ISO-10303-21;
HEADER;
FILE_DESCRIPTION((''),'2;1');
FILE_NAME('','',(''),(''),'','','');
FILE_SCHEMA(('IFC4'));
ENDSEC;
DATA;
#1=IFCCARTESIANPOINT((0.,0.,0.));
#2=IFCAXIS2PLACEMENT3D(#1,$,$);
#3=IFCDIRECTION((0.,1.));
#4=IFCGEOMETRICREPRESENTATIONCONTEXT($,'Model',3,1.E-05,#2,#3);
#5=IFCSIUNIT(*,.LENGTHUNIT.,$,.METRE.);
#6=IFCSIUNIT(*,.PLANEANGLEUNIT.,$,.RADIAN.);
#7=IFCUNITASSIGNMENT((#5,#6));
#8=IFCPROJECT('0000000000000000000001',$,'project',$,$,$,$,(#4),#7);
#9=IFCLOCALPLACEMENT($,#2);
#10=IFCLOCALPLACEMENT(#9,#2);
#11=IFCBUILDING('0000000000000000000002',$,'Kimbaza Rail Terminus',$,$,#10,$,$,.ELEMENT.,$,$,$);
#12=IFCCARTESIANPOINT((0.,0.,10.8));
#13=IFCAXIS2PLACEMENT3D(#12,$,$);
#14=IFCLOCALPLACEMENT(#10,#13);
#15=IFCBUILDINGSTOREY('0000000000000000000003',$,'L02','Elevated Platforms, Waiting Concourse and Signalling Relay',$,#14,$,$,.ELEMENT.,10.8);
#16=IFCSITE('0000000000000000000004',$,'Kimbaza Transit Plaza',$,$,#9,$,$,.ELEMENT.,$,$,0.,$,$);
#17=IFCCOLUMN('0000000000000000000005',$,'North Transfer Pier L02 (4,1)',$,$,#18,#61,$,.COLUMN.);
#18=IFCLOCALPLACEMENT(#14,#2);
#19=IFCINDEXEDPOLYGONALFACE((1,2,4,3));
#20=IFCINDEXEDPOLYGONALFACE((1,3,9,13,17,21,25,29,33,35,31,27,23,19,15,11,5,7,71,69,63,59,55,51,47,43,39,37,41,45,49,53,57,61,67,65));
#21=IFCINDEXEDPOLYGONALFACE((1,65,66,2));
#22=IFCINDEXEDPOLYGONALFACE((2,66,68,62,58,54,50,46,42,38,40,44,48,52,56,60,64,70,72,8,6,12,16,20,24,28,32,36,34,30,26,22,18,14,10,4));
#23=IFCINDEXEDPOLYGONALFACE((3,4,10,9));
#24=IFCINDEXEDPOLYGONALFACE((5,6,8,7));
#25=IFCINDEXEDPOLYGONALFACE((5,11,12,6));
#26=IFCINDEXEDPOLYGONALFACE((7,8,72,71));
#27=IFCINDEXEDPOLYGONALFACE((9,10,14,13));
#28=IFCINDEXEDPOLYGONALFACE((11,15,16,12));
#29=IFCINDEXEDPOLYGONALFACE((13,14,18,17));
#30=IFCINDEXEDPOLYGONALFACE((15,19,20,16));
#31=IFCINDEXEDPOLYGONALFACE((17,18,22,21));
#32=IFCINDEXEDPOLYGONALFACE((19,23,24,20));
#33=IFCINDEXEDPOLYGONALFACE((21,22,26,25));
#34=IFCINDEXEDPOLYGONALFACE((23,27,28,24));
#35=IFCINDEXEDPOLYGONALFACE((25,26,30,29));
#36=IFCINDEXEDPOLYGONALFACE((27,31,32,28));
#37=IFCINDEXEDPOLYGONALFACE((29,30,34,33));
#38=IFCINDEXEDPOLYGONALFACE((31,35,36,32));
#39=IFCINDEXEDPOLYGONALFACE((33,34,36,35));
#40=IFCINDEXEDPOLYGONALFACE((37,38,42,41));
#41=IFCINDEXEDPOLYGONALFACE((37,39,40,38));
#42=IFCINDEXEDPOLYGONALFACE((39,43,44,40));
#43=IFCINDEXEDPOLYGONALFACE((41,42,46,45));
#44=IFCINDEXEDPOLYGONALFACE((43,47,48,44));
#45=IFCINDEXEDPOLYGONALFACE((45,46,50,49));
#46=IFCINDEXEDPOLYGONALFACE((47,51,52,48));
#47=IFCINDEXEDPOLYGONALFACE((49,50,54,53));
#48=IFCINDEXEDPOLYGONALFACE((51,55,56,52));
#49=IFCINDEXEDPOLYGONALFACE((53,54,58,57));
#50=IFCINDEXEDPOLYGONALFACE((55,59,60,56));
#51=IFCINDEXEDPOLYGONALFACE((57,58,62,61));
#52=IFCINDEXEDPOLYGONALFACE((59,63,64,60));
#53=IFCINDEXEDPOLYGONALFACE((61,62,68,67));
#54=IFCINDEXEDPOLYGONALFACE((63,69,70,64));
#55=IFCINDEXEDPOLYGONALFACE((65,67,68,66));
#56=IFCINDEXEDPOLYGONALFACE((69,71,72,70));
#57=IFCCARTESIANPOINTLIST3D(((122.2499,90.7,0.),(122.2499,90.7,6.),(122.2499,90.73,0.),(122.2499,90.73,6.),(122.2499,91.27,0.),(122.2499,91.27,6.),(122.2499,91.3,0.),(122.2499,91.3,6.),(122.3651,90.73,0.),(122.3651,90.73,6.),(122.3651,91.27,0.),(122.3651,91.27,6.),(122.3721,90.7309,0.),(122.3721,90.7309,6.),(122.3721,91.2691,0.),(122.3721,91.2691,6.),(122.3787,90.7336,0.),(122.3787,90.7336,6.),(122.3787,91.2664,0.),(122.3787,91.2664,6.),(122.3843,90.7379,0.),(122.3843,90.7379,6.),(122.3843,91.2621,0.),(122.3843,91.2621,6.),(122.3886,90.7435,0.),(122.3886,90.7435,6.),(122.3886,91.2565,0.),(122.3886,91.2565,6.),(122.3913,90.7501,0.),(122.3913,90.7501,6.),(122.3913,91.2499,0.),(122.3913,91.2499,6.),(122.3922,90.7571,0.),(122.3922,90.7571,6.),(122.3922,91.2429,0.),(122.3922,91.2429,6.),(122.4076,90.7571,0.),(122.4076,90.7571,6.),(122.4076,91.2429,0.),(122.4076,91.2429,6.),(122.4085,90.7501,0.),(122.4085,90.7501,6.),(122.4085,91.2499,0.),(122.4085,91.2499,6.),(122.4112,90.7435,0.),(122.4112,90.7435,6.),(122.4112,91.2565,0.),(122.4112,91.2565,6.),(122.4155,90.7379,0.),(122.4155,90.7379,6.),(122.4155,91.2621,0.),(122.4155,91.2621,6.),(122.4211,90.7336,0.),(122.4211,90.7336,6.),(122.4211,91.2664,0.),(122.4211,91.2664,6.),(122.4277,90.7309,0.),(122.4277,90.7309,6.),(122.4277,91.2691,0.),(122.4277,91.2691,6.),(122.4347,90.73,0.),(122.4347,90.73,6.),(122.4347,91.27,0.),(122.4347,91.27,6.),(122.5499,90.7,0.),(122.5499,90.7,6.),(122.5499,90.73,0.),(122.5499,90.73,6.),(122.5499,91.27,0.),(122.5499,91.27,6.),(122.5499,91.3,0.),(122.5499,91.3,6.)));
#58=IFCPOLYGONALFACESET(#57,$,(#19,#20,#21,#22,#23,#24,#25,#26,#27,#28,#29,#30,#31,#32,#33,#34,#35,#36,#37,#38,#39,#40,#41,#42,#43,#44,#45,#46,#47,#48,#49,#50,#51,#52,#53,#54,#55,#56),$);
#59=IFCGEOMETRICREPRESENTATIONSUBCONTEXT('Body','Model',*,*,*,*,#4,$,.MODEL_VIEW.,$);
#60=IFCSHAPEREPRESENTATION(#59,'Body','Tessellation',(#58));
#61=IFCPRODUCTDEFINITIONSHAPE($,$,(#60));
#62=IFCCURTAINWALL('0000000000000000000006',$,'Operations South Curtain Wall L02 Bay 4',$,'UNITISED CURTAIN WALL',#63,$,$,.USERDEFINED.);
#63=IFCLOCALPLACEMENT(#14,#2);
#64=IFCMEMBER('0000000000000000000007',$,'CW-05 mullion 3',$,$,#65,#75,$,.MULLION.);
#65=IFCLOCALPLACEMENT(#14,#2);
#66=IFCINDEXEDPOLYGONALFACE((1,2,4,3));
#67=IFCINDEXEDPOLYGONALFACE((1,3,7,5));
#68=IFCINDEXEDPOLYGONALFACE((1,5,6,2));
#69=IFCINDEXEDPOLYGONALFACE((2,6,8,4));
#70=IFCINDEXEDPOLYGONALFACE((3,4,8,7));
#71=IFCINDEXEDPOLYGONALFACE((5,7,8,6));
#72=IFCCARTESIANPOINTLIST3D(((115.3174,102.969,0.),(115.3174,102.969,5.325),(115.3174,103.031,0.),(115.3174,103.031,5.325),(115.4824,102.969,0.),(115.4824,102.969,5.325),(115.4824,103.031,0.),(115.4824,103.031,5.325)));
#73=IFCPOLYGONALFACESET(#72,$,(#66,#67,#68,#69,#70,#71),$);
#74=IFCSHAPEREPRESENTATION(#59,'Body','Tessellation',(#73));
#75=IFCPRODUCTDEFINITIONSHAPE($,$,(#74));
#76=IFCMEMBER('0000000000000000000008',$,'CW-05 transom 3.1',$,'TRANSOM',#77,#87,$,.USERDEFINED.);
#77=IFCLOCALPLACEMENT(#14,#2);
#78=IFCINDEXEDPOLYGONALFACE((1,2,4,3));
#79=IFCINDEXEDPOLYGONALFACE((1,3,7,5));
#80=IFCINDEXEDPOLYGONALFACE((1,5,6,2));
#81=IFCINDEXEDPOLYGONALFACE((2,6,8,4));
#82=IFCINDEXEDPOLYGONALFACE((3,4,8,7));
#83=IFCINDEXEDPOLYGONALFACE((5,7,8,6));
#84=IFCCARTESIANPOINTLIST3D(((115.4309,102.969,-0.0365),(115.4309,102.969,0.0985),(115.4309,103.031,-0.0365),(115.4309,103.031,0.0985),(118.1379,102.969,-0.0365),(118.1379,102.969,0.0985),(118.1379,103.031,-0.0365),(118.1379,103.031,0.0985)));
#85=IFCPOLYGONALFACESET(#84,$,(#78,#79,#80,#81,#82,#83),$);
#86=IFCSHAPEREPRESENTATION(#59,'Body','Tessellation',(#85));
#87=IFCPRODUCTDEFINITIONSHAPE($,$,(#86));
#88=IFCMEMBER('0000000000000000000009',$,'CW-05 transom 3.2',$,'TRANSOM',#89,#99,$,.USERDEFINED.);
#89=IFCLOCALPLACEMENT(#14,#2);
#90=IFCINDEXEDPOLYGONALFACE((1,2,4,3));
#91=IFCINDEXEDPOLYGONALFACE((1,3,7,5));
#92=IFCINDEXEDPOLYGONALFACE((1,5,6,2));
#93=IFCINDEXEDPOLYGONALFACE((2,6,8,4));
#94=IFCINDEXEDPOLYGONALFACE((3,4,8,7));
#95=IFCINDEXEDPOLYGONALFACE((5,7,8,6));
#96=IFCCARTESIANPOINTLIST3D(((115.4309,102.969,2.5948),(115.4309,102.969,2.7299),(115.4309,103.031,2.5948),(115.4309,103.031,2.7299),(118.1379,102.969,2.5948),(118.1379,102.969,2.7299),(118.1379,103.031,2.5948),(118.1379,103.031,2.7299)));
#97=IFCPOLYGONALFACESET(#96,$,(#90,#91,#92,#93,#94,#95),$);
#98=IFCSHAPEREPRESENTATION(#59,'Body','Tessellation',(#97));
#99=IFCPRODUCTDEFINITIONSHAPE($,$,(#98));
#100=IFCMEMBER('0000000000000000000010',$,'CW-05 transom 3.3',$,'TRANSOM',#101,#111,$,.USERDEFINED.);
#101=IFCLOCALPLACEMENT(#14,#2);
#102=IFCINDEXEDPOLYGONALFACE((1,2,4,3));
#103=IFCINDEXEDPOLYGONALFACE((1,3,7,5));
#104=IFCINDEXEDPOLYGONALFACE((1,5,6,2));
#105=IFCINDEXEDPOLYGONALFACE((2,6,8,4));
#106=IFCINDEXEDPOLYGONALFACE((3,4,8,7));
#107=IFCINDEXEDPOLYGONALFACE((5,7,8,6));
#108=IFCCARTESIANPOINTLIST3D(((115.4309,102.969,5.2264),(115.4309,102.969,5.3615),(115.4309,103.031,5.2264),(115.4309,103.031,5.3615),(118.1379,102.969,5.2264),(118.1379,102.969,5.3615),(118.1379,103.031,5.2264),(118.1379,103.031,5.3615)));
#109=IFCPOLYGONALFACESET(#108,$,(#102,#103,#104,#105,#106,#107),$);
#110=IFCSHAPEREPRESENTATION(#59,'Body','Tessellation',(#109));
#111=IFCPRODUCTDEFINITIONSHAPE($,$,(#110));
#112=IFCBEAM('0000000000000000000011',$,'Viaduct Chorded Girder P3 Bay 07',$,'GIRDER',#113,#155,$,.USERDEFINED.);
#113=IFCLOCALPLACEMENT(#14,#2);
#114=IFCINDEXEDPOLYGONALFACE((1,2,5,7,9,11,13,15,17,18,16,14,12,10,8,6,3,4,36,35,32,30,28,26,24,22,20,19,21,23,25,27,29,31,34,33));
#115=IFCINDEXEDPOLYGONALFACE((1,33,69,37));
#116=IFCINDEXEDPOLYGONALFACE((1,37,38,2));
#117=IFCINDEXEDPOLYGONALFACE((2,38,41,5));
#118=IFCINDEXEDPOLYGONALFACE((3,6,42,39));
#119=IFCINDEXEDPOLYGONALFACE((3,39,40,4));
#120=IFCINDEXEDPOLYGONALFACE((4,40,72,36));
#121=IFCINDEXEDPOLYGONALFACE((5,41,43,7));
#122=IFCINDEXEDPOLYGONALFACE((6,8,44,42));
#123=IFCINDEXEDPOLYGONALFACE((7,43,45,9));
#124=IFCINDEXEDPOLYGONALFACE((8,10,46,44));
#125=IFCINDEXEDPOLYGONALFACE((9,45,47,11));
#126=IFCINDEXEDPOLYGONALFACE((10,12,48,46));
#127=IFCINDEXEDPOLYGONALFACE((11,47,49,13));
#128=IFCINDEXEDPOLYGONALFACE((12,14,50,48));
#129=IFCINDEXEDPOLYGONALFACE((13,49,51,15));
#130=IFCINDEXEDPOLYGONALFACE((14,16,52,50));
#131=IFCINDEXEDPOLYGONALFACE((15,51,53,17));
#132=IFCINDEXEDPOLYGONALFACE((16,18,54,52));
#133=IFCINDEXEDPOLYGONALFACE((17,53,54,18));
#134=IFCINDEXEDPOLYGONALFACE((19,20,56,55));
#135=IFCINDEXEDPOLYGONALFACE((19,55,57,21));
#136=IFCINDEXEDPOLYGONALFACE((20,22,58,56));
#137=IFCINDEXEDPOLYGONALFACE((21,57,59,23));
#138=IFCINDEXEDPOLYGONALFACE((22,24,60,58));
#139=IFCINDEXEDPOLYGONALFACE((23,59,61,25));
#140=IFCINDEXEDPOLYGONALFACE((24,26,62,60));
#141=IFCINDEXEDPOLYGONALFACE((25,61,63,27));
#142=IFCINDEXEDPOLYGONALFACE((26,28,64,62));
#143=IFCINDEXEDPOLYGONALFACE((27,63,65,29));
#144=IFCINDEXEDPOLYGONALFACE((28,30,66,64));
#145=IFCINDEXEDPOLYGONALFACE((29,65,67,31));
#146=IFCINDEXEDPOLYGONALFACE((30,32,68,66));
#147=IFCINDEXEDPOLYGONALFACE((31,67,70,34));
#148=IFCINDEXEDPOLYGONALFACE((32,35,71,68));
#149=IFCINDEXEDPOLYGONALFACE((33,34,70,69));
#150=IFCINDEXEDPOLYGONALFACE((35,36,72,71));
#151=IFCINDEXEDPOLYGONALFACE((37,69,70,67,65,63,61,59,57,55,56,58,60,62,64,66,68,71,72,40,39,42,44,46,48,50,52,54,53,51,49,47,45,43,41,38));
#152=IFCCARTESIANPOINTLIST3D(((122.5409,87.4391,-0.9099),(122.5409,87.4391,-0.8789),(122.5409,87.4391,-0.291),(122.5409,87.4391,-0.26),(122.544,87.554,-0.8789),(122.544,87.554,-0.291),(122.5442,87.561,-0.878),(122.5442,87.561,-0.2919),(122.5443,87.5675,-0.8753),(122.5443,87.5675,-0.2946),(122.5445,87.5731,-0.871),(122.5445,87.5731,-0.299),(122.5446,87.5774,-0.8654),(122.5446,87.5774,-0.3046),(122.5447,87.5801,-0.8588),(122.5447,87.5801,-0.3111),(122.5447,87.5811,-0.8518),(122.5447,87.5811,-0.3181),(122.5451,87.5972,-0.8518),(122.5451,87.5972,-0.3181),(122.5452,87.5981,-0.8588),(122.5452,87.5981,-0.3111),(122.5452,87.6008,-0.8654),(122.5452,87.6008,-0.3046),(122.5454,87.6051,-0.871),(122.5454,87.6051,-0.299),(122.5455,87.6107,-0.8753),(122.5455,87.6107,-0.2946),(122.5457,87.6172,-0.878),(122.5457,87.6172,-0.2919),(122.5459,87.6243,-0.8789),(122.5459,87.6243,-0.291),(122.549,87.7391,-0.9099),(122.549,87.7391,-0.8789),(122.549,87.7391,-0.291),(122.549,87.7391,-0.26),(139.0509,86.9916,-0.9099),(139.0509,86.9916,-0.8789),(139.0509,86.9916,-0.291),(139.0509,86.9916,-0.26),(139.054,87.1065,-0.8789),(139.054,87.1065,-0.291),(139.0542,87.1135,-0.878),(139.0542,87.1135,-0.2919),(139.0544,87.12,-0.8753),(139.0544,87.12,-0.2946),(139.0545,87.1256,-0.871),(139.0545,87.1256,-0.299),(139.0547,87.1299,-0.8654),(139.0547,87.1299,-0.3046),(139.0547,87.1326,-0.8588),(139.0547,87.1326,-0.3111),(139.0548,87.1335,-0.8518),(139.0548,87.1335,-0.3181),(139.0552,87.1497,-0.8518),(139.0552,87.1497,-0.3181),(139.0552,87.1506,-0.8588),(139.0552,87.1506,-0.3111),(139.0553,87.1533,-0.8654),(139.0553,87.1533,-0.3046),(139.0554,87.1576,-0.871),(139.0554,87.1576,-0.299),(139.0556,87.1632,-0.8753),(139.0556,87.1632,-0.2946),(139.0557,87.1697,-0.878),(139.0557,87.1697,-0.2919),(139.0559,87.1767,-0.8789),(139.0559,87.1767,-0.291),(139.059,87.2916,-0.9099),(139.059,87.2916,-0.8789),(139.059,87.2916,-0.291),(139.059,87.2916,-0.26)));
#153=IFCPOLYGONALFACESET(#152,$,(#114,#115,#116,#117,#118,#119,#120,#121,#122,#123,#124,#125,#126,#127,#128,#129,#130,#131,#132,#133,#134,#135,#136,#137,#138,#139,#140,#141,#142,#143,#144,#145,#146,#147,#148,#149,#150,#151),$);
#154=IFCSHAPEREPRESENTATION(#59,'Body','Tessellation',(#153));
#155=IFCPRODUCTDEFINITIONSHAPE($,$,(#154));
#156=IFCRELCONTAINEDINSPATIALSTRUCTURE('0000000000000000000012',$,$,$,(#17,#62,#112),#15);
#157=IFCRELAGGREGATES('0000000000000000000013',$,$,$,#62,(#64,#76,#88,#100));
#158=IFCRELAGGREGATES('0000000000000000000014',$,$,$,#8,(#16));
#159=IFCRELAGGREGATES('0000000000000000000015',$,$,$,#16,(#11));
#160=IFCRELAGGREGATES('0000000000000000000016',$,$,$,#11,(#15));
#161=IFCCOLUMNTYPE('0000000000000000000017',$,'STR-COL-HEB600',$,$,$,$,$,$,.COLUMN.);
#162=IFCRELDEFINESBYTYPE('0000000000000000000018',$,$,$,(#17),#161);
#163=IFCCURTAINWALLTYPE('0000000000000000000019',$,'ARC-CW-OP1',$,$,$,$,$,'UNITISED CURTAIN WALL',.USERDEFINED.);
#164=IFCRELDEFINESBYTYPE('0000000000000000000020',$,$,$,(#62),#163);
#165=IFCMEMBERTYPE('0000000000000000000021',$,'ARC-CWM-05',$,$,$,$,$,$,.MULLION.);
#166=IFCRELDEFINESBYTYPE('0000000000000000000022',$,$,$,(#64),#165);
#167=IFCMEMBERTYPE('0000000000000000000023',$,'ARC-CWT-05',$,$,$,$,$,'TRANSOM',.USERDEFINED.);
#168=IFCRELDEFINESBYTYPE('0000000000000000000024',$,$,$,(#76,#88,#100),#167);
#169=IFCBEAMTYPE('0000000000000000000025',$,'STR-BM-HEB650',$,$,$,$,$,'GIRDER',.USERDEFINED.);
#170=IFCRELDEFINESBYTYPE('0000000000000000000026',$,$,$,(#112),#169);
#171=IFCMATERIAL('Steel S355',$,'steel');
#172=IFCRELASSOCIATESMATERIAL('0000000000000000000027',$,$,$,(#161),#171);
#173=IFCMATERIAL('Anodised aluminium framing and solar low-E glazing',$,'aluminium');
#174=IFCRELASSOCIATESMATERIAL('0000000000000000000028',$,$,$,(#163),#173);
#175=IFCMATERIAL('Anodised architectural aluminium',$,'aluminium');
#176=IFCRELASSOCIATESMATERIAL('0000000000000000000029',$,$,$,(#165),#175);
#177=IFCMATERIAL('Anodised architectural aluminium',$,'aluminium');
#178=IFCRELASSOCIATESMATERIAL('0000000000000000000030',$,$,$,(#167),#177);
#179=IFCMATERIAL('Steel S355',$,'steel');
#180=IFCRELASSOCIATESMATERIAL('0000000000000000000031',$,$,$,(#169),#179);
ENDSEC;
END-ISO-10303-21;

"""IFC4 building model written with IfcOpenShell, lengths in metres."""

from ifc_helpers import new_model, si_unit, direction, frame, origin, origin_2d, place, context, subcontext, project, spatial, rectangle, i_section, extrude, material, material_profile, profile_set, type_object, element, aggregate, save


model = new_model("IFC4")

# Units and contexts
model_context = context("Model", 3, precision=1e-05, world=origin(), true_north=direction((0.0, 1.0)))
body_context = subcontext(model_context, "Body", "Model", "MODEL_VIEW")
ifc_project = project(units=[si_unit("LENGTHUNIT", "METRE"), si_unit("PLANEANGLEUNIT", "RADIAN")], contexts=[model_context])

# Site, building, storey
site_placement = place(None, origin())
site = spatial("IfcSite", under=ifc_project, at=site_placement, Name="Kimbaza Transit Plaza", CompositionType="ELEMENT", RefElevation=0.0)
building_placement = place(site_placement, origin())
building = spatial("IfcBuilding", under=site, at=building_placement, Name="Kimbaza Rail Terminus", CompositionType="ELEMENT")
storey_placement = place(building_placement, frame((0.0, 0.0, 10.8)))
storey = spatial("IfcBuildingStorey", under=building, at=storey_placement, Name="L02", Description="Elevated Platforms, Waiting Concourse and Signalling Relay", CompositionType="ELEMENT", Elevation=10.8)

# Column
ifc_material_1 = material(Name="Steel S355", Category="steel")
ifc_material_profile_1 = material_profile(ifc_material_1, i_section(OverallWidth=0.3, OverallDepth=0.6001, WebThickness=0.0154, FlangeThickness=0.03, FilletRadius=0.0271, at=origin_2d()), Name="HEB 600")
ifc_profile_set_1 = profile_set([ifc_material_profile_1], Name="Steel S355")
column_type = type_object("IfcColumnType", Name="STR-COL-HEB600", PredefinedType="COLUMN", material=ifc_profile_set_1)
column_placement = place(storey_placement, frame((122.3999, 91.0, 0.0), z_axis=(0.0, 0.0, 1.0), x_axis=(1.0, 0.0, 0.0)))
element("IfcColumn", 1, at=column_placement, inside=storey, type_object=column_type, Name="North Transfer Pier L02 (4,1)", PredefinedType="COLUMN", context=body_context, shape_type="SweptSolid", body=[
    extrude(i_section(OverallWidth=0.3, OverallDepth=0.6001, WebThickness=0.0154, FlangeThickness=0.03, FilletRadius=0.0271, at=origin_2d()), origin(), (0.0, 0.0, 1.0), 6.0),
])

# Curtain wall, members
ifc_material_2 = material(Name="Anodised aluminium framing and solar low-E glazing", Category="aluminium")
curtain_wall_type = type_object("IfcCurtainWallType", Name="ARC-CW-OP1", ElementType="UNITISED CURTAIN WALL", PredefinedType="USERDEFINED", material=ifc_material_2)
curtain_wall_placement = place(storey_placement, origin())
curtain_wall = element("IfcCurtainWall", 2, at=curtain_wall_placement, inside=storey, type_object=curtain_wall_type, Name="Operations South Curtain Wall L02 Bay 4", ObjectType="UNITISED CURTAIN WALL", PredefinedType="USERDEFINED")
ifc_material_3 = material(Name="Anodised architectural aluminium", Category="aluminium")
ifc_material_profile_2 = material_profile(ifc_material_3, rectangle(XDim=0.062, YDim=0.165, at=origin_2d()), Name="MULLION 62x165")
ifc_profile_set_2 = profile_set([ifc_material_profile_2], Name="Anodised architectural aluminium")
member_type_1 = type_object("IfcMemberType", Name="ARC-CWM-05", PredefinedType="MULLION", material=ifc_profile_set_2)
member_1_placement = place(storey_placement, frame((115.3999, 103.0, 0.0), z_axis=(0.0, 0.0, 1.0), x_axis=(0.0, 1.0, 0.0)))
member_1 = element("IfcMember", 3, at=member_1_placement, type_object=member_type_1, Name="CW-05 mullion 3", PredefinedType="MULLION", context=body_context, shape_type="SweptSolid", body=[
    extrude(rectangle(XDim=0.062, YDim=0.165, at=origin_2d()), origin(), (0.0, 0.0, 1.0), 5.325),
])
ifc_material_4 = material(Name="Anodised architectural aluminium", Category="aluminium")
ifc_material_profile_3 = material_profile(ifc_material_4, rectangle(XDim=0.062, YDim=0.135, at=origin_2d()), Name="TRANSOM 62x135")
ifc_profile_set_3 = profile_set([ifc_material_profile_3], Name="Anodised architectural aluminium")
member_type_2 = type_object("IfcMemberType", Name="ARC-CWT-05", ElementType="TRANSOM", PredefinedType="USERDEFINED", material=ifc_profile_set_3)
member_2_placement = place(storey_placement, frame((115.4309, 103.0, 0.031), z_axis=(1.0, 0.0, 0.0), x_axis=(0.0, 1.0, 0.0)))
member_2 = element("IfcMember", 4, at=member_2_placement, type_object=member_type_2, Name="CW-05 transom 3.1", ObjectType="TRANSOM", PredefinedType="USERDEFINED", context=body_context, shape_type="SweptSolid", body=[
    extrude(rectangle(XDim=0.062, YDim=0.135, at=origin_2d()), origin(), (0.0, 0.0, 1.0), 2.707),
])
member_3_placement = place(storey_placement, frame((115.4309, 103.0, 2.6624), z_axis=(1.0, 0.0, 0.0), x_axis=(0.0, 1.0, 0.0)))
member_3 = element("IfcMember", 5, at=member_3_placement, type_object=member_type_2, Name="CW-05 transom 3.2", ObjectType="TRANSOM", PredefinedType="USERDEFINED", context=body_context, shape_type="SweptSolid", body=[
    extrude(rectangle(XDim=0.062, YDim=0.135, at=origin_2d()), origin(), (0.0, 0.0, 1.0), 2.707),
])
member_4_placement = place(storey_placement, frame((115.4309, 103.0, 5.2939), z_axis=(1.0, 0.0, 0.0), x_axis=(0.0, 1.0, 0.0)))
member_4 = element("IfcMember", 6, at=member_4_placement, type_object=member_type_2, Name="CW-05 transom 3.3", ObjectType="TRANSOM", PredefinedType="USERDEFINED", context=body_context, shape_type="SweptSolid", body=[
    extrude(rectangle(XDim=0.062, YDim=0.135, at=origin_2d()), origin(), (0.0, 0.0, 1.0), 2.707),
])

# Beam
ifc_material_5 = material(Name="Steel S355", Category="steel")
ifc_material_profile_4 = material_profile(ifc_material_5, i_section(OverallWidth=0.3, OverallDepth=0.6499, WebThickness=0.0161, FlangeThickness=0.031, FilletRadius=0.0271, at=origin_2d()), Name="HEB 650")
ifc_profile_set_4 = profile_set([ifc_material_profile_4], Name="Steel S355")
beam_type_1 = type_object("IfcBeamType", Name="STR-BM-HEB650", ElementType="GIRDER", PredefinedType="USERDEFINED", material=ifc_profile_set_4)
for number, where, z_axis, x_axis, name in (
    (7, (122.5449, 87.5891, -0.585), (0.999633, -0.027095, 0.0), (0.027095, 0.999633, 0.0), "Viaduct Chorded Girder P3 Bay 07"),
):
    element("IfcBeam", number, at=place(storey_placement, frame(where, z_axis=z_axis, x_axis=x_axis)), inside=storey, type_object=beam_type_1, Name=name, ObjectType="GIRDER", PredefinedType="USERDEFINED", context=body_context, shape_type="SweptSolid", body=[
        extrude(i_section(OverallWidth=0.3, OverallDepth=0.6499, WebThickness=0.0161, FlangeThickness=0.031, FilletRadius=0.0271, at=origin_2d()), origin(), (0.0, 0.0, 1.0), 16.5161),
    ])

aggregate(curtain_wall, [member_1, member_2, member_3, member_4])

save(model, "model.ifc")
